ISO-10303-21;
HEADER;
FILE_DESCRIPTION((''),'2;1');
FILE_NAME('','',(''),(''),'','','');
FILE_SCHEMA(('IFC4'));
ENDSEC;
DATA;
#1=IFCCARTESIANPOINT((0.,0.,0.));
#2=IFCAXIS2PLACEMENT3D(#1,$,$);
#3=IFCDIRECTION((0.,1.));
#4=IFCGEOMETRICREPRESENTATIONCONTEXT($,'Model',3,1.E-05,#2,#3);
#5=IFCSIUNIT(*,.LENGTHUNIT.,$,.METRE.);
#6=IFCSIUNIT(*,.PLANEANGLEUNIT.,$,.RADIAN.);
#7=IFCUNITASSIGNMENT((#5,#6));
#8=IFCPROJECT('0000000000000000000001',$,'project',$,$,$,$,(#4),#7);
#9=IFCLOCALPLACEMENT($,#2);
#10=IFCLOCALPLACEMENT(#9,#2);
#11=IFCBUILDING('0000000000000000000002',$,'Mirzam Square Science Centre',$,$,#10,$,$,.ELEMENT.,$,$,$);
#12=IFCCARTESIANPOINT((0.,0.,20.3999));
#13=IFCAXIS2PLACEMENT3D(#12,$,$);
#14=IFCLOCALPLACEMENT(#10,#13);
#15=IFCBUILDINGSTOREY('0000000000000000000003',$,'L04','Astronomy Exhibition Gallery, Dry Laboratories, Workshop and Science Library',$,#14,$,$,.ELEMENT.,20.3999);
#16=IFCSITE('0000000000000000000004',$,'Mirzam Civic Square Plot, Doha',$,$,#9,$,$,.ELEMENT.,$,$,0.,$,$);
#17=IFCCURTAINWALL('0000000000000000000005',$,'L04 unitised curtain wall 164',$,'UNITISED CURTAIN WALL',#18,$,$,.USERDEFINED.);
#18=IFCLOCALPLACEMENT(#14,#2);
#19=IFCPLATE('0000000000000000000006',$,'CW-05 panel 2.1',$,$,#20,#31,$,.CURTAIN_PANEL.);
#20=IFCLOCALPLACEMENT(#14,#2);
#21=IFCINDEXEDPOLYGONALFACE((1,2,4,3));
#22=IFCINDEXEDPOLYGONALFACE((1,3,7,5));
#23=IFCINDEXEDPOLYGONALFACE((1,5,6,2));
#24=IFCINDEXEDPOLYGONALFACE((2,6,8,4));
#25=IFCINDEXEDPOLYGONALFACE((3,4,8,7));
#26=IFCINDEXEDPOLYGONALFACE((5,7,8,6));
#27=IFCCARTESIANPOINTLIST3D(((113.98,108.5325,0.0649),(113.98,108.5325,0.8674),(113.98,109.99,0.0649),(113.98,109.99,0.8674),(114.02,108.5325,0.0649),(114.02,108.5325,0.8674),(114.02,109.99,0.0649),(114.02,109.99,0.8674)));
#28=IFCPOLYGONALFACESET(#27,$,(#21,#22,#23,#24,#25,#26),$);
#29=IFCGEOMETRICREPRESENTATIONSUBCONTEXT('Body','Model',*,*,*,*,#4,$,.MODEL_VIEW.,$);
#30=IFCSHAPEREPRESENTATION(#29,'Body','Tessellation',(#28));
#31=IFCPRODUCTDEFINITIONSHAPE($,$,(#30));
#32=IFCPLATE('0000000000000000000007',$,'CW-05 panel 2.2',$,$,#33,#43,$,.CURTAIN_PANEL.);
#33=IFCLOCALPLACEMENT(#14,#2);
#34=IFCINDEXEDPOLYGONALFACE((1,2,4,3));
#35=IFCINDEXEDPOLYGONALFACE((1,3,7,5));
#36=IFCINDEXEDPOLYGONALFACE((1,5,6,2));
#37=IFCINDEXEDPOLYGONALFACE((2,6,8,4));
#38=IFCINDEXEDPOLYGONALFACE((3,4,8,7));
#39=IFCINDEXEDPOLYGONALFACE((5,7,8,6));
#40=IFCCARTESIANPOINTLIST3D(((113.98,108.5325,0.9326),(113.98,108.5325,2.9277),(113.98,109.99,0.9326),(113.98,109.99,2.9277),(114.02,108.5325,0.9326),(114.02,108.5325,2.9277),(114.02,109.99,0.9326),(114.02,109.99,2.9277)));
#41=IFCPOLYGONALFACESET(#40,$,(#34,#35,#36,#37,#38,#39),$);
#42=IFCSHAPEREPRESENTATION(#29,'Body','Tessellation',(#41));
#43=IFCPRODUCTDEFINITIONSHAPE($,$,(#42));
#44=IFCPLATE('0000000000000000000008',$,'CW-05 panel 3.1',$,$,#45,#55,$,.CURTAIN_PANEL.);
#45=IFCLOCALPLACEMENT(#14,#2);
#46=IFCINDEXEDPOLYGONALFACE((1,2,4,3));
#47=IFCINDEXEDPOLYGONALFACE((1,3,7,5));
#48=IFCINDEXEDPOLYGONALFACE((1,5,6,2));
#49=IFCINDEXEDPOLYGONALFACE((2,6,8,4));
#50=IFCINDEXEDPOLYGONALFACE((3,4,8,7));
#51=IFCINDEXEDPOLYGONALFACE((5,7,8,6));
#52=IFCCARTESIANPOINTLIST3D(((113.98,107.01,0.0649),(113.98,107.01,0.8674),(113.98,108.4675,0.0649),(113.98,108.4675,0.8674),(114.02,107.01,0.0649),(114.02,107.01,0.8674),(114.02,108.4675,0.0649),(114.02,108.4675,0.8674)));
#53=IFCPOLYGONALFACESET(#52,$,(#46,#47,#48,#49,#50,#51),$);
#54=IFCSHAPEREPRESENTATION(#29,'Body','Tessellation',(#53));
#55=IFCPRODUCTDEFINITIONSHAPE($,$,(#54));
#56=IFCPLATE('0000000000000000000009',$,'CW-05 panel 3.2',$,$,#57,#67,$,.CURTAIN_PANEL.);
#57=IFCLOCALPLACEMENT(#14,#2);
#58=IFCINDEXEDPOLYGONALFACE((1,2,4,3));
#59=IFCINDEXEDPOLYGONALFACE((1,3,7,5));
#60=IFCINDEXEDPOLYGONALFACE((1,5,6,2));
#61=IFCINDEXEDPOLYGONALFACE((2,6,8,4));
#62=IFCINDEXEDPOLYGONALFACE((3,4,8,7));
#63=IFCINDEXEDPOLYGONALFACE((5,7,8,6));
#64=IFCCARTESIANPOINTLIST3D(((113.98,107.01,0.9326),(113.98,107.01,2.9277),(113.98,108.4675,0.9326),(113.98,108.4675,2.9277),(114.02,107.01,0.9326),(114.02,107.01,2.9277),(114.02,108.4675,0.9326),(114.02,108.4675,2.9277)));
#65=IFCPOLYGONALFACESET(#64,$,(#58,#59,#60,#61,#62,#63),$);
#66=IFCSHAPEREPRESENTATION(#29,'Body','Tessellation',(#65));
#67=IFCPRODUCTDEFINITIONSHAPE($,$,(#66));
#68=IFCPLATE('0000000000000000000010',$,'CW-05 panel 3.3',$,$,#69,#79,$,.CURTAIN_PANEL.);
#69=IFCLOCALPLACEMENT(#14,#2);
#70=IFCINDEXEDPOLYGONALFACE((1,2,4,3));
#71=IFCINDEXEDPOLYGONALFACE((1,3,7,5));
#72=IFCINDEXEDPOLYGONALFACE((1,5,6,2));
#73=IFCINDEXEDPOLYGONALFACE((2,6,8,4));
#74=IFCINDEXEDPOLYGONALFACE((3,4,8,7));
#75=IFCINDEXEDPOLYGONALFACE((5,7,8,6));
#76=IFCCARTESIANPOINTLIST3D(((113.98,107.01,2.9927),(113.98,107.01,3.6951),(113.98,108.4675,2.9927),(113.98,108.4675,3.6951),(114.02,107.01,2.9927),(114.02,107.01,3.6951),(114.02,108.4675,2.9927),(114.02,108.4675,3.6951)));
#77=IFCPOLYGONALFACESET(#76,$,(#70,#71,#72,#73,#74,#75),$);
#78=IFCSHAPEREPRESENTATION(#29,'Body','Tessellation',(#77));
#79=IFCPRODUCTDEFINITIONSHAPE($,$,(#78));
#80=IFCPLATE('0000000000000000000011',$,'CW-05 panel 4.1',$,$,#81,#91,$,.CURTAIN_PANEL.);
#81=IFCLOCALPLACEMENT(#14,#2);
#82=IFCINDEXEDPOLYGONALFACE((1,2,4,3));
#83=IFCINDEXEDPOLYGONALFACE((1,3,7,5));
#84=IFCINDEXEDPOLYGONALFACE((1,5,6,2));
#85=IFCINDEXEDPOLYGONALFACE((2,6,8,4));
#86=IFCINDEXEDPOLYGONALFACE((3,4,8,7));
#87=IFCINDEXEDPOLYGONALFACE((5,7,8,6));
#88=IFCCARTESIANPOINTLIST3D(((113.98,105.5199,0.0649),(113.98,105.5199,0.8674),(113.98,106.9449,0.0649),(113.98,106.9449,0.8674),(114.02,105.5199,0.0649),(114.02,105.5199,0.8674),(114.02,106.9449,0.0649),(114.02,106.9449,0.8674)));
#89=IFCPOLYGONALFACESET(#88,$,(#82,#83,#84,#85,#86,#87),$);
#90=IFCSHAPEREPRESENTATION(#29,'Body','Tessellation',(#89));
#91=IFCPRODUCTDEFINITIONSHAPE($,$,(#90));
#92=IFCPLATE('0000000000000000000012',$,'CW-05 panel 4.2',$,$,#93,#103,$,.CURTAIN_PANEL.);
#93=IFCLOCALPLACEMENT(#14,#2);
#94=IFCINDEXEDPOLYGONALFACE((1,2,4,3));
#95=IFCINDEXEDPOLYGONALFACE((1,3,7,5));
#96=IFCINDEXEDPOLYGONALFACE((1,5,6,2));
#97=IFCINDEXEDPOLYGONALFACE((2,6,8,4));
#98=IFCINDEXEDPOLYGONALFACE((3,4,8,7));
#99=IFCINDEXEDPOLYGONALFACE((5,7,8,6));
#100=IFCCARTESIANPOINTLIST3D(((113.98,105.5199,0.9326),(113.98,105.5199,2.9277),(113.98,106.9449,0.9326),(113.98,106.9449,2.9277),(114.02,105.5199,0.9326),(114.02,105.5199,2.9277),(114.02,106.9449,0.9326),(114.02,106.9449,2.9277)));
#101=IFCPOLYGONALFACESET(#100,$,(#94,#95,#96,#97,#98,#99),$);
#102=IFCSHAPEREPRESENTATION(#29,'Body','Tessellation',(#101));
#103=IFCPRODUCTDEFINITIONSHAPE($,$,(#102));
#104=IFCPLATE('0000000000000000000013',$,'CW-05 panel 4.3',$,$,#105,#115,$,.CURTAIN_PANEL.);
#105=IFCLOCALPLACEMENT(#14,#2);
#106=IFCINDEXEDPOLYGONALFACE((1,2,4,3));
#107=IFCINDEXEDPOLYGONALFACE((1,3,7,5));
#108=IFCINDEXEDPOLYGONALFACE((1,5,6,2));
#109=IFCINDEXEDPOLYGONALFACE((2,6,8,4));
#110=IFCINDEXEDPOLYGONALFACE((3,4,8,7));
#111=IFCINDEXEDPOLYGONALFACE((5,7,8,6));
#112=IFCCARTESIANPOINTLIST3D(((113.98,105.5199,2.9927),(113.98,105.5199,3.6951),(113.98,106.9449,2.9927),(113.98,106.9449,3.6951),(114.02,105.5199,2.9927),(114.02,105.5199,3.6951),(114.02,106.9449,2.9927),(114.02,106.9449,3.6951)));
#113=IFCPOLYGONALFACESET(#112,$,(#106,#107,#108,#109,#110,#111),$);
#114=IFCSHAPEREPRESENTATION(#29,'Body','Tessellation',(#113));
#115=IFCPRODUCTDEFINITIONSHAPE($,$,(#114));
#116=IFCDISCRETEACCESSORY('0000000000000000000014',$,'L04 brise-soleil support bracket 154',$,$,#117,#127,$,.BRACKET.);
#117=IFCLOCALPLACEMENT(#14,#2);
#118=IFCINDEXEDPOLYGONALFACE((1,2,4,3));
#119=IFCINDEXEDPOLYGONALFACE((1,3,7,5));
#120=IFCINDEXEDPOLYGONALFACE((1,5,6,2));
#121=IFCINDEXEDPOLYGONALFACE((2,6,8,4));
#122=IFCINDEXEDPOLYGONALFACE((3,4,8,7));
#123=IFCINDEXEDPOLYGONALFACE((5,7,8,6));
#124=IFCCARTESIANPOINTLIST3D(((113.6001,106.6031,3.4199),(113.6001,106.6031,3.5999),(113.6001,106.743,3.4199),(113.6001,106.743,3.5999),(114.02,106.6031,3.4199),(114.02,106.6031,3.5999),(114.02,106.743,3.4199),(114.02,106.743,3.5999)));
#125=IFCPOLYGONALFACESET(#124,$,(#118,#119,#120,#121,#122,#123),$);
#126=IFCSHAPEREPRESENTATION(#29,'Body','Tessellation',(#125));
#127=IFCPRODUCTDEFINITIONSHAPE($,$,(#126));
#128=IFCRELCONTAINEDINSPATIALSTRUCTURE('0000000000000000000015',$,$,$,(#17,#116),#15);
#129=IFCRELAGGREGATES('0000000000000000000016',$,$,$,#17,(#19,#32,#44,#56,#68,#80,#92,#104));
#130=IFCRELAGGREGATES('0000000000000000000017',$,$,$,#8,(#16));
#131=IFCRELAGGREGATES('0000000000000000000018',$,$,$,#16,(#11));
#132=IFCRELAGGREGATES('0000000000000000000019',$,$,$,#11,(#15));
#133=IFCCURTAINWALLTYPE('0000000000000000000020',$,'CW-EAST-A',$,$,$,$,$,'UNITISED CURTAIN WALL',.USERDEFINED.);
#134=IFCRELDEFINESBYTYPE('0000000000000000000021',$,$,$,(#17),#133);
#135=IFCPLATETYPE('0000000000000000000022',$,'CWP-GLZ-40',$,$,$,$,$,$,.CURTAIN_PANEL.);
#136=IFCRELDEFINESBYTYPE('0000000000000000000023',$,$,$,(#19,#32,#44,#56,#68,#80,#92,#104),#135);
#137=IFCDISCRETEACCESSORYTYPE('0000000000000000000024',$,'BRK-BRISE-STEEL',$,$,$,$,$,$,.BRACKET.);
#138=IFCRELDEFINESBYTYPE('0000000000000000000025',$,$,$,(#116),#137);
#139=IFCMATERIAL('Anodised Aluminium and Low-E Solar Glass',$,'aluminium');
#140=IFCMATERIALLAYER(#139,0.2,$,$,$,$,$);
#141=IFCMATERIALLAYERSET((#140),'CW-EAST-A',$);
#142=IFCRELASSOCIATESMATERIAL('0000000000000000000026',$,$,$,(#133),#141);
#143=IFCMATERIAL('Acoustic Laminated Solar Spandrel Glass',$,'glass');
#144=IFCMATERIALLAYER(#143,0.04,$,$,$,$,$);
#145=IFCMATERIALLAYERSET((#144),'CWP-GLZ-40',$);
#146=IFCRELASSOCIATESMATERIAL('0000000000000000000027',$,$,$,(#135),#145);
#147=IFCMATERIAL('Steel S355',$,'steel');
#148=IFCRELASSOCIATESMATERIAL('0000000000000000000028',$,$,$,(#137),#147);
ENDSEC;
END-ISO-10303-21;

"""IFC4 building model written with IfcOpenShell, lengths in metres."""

from ifc_helpers import new_model, si_unit, direction, frame, origin, origin_2d, place, context, subcontext, project, spatial, rectangle, extrude, material, layer, layer_set, type_object, element, aggregate, save


model = new_model("IFC4")

# Units and contexts
model_context = context("Model", 3, precision=1e-05, world=origin(), true_north=direction((0.0, 1.0)))
body_context = subcontext(model_context, "Body", "Model", "MODEL_VIEW")
ifc_project = project(units=[si_unit("LENGTHUNIT", "METRE"), si_unit("PLANEANGLEUNIT", "RADIAN")], contexts=[model_context])

# Site, building, storey
site_placement = place(None, origin())
site = spatial("IfcSite", under=ifc_project, at=site_placement, Name="Mirzam Civic Square Plot, Doha", CompositionType="ELEMENT", RefElevation=0.0)
building_placement = place(site_placement, origin())
building = spatial("IfcBuilding", under=site, at=building_placement, Name="Mirzam Square Science Centre", CompositionType="ELEMENT")
storey_placement = place(building_placement, frame((0.0, 0.0, 20.3999)))
storey = spatial("IfcBuildingStorey", under=building, at=storey_placement, Name="L04", Description="Astronomy Exhibition Gallery, Dry Laboratories, Workshop and Science Library", CompositionType="ELEMENT", Elevation=20.3999)

# Curtain wall
ifc_material_1 = material(Name="Anodised Aluminium and Low-E Solar Glass", Category="aluminium")
ifc_layer_1 = layer(ifc_material_1, 0.2)
ifc_layer_set_1 = layer_set([ifc_layer_1], Name="CW-EAST-A")
curtain_wall_type = type_object("IfcCurtainWallType", Name="CW-EAST-A", ElementType="UNITISED CURTAIN WALL", PredefinedType="USERDEFINED", material=ifc_layer_set_1)
curtain_wall_placement = place(storey_placement, origin())
curtain_wall = element("IfcCurtainWall", 1, at=curtain_wall_placement, inside=storey, type_object=curtain_wall_type, Name="L04 unitised curtain wall 164", ObjectType="UNITISED CURTAIN WALL", PredefinedType="USERDEFINED")

# Shared definitions
ifc_material_2 = material(Name="Steel S355", Category="steel")

# Plates
ifc_material_3 = material(Name="Acoustic Laminated Solar Spandrel Glass", Category="glass")
ifc_layer_2 = layer(ifc_material_3, 0.04)
ifc_layer_set_2 = layer_set([ifc_layer_2], Name="CWP-GLZ-40")
plate_type = type_object("IfcPlateType", Name="CWP-GLZ-40", PredefinedType="CURTAIN_PANEL", material=ifc_layer_set_2)
plate_1_placement = place(storey_placement, frame((114.0, 109.2612, 0.0649), z_axis=(0.0, 0.0, 1.0), x_axis=(0.0, -1.0, 0.0)))
plate_1 = element("IfcPlate", 2, at=plate_1_placement, type_object=plate_type, Name="CW-05 panel 2.1", PredefinedType="CURTAIN_PANEL", context=body_context, shape_type="SweptSolid", body=[
    extrude(rectangle(XDim=1.4575, YDim=0.04, at=origin_2d()), origin(), (0.0, 0.0, 1.0), 0.8025),
])
plate_2_placement = place(storey_placement, frame((114.0, 109.2612, 0.9326), z_axis=(0.0, 0.0, 1.0), x_axis=(0.0, -1.0, 0.0)))
plate_2 = element("IfcPlate", 3, at=plate_2_placement, type_object=plate_type, Name="CW-05 panel 2.2", PredefinedType="CURTAIN_PANEL", context=body_context, shape_type="SweptSolid", body=[
    extrude(rectangle(XDim=1.4575, YDim=0.04, at=origin_2d()), origin(), (0.0, 0.0, 1.0), 1.9951),
])
plate_3_placement = place(storey_placement, frame((114.0, 107.7388, 0.0649), z_axis=(0.0, 0.0, 1.0), x_axis=(0.0, -1.0, 0.0)))
plate_3 = element("IfcPlate", 4, at=plate_3_placement, type_object=plate_type, Name="CW-05 panel 3.1", PredefinedType="CURTAIN_PANEL", context=body_context, shape_type="SweptSolid", body=[
    extrude(rectangle(XDim=1.4575, YDim=0.04, at=origin_2d()), origin(), (0.0, 0.0, 1.0), 0.8025),
])
plate_4_placement = place(storey_placement, frame((114.0, 107.7388, 0.9326), z_axis=(0.0, 0.0, 1.0), x_axis=(0.0, -1.0, 0.0)))
plate_4 = element("IfcPlate", 5, at=plate_4_placement, type_object=plate_type, Name="CW-05 panel 3.2", PredefinedType="CURTAIN_PANEL", context=body_context, shape_type="SweptSolid", body=[
    extrude(rectangle(XDim=1.4575, YDim=0.04, at=origin_2d()), origin(), (0.0, 0.0, 1.0), 1.9951),
])
plate_5_placement = place(storey_placement, frame((114.0, 107.7388, 2.9927), z_axis=(0.0, 0.0, 1.0), x_axis=(0.0, -1.0, 0.0)))
plate_5 = element("IfcPlate", 6, at=plate_5_placement, type_object=plate_type, Name="CW-05 panel 3.3", PredefinedType="CURTAIN_PANEL", context=body_context, shape_type="SweptSolid", body=[
    extrude(rectangle(XDim=1.4575, YDim=0.04, at=origin_2d()), origin(), (0.0, 0.0, 1.0), 0.7024),
])
plate_6_placement = place(storey_placement, frame((114.0, 106.2324, 0.0649), z_axis=(0.0, 0.0, 1.0), x_axis=(0.0, -1.0, 0.0)))
plate_6 = element("IfcPlate", 7, at=plate_6_placement, type_object=plate_type, Name="CW-05 panel 4.1", PredefinedType="CURTAIN_PANEL", context=body_context, shape_type="SweptSolid", body=[
    extrude(rectangle(XDim=1.425, YDim=0.04, at=origin_2d()), origin(), (0.0, 0.0, 1.0), 0.8025),
])
plate_7_placement = place(storey_placement, frame((114.0, 106.2324, 0.9326), z_axis=(0.0, 0.0, 1.0), x_axis=(0.0, -1.0, 0.0)))
plate_7 = element("IfcPlate", 8, at=plate_7_placement, type_object=plate_type, Name="CW-05 panel 4.2", PredefinedType="CURTAIN_PANEL", context=body_context, shape_type="SweptSolid", body=[
    extrude(rectangle(XDim=1.425, YDim=0.04, at=origin_2d()), origin(), (0.0, 0.0, 1.0), 1.9951),
])
plate_8_placement = place(storey_placement, frame((114.0, 106.2324, 2.9927), z_axis=(0.0, 0.0, 1.0), x_axis=(0.0, -1.0, 0.0)))
plate_8 = element("IfcPlate", 9, at=plate_8_placement, type_object=plate_type, Name="CW-05 panel 4.3", PredefinedType="CURTAIN_PANEL", context=body_context, shape_type="SweptSolid", body=[
    extrude(rectangle(XDim=1.425, YDim=0.04, at=origin_2d()), origin(), (0.0, 0.0, 1.0), 0.7024),
])
aggregate(curtain_wall, [plate_1, plate_2, plate_3, plate_4, plate_5, plate_6, plate_7, plate_8])

# Discrete accessory
discrete_accessory_type = type_object("IfcDiscreteAccessoryType", Name="BRK-BRISE-STEEL", PredefinedType="BRACKET", material=ifc_material_2)
discrete_accessory_placement = place(storey_placement, frame((113.8101, 106.6731, 3.4199), z_axis=(0.0, 0.0, 1.0), x_axis=(0.0, -1.0, 0.0)))
element("IfcDiscreteAccessory", 10, at=discrete_accessory_placement, inside=storey, type_object=discrete_accessory_type, Name="L04 brise-soleil support bracket 154", PredefinedType="BRACKET", context=body_context, shape_type="SweptSolid", body=[
    extrude(rectangle(XDim=0.1399, YDim=0.4199, at=origin_2d()), origin(), (0.0, 0.0, 1.0), 0.1799),
])

save(model, "model.ifc")
